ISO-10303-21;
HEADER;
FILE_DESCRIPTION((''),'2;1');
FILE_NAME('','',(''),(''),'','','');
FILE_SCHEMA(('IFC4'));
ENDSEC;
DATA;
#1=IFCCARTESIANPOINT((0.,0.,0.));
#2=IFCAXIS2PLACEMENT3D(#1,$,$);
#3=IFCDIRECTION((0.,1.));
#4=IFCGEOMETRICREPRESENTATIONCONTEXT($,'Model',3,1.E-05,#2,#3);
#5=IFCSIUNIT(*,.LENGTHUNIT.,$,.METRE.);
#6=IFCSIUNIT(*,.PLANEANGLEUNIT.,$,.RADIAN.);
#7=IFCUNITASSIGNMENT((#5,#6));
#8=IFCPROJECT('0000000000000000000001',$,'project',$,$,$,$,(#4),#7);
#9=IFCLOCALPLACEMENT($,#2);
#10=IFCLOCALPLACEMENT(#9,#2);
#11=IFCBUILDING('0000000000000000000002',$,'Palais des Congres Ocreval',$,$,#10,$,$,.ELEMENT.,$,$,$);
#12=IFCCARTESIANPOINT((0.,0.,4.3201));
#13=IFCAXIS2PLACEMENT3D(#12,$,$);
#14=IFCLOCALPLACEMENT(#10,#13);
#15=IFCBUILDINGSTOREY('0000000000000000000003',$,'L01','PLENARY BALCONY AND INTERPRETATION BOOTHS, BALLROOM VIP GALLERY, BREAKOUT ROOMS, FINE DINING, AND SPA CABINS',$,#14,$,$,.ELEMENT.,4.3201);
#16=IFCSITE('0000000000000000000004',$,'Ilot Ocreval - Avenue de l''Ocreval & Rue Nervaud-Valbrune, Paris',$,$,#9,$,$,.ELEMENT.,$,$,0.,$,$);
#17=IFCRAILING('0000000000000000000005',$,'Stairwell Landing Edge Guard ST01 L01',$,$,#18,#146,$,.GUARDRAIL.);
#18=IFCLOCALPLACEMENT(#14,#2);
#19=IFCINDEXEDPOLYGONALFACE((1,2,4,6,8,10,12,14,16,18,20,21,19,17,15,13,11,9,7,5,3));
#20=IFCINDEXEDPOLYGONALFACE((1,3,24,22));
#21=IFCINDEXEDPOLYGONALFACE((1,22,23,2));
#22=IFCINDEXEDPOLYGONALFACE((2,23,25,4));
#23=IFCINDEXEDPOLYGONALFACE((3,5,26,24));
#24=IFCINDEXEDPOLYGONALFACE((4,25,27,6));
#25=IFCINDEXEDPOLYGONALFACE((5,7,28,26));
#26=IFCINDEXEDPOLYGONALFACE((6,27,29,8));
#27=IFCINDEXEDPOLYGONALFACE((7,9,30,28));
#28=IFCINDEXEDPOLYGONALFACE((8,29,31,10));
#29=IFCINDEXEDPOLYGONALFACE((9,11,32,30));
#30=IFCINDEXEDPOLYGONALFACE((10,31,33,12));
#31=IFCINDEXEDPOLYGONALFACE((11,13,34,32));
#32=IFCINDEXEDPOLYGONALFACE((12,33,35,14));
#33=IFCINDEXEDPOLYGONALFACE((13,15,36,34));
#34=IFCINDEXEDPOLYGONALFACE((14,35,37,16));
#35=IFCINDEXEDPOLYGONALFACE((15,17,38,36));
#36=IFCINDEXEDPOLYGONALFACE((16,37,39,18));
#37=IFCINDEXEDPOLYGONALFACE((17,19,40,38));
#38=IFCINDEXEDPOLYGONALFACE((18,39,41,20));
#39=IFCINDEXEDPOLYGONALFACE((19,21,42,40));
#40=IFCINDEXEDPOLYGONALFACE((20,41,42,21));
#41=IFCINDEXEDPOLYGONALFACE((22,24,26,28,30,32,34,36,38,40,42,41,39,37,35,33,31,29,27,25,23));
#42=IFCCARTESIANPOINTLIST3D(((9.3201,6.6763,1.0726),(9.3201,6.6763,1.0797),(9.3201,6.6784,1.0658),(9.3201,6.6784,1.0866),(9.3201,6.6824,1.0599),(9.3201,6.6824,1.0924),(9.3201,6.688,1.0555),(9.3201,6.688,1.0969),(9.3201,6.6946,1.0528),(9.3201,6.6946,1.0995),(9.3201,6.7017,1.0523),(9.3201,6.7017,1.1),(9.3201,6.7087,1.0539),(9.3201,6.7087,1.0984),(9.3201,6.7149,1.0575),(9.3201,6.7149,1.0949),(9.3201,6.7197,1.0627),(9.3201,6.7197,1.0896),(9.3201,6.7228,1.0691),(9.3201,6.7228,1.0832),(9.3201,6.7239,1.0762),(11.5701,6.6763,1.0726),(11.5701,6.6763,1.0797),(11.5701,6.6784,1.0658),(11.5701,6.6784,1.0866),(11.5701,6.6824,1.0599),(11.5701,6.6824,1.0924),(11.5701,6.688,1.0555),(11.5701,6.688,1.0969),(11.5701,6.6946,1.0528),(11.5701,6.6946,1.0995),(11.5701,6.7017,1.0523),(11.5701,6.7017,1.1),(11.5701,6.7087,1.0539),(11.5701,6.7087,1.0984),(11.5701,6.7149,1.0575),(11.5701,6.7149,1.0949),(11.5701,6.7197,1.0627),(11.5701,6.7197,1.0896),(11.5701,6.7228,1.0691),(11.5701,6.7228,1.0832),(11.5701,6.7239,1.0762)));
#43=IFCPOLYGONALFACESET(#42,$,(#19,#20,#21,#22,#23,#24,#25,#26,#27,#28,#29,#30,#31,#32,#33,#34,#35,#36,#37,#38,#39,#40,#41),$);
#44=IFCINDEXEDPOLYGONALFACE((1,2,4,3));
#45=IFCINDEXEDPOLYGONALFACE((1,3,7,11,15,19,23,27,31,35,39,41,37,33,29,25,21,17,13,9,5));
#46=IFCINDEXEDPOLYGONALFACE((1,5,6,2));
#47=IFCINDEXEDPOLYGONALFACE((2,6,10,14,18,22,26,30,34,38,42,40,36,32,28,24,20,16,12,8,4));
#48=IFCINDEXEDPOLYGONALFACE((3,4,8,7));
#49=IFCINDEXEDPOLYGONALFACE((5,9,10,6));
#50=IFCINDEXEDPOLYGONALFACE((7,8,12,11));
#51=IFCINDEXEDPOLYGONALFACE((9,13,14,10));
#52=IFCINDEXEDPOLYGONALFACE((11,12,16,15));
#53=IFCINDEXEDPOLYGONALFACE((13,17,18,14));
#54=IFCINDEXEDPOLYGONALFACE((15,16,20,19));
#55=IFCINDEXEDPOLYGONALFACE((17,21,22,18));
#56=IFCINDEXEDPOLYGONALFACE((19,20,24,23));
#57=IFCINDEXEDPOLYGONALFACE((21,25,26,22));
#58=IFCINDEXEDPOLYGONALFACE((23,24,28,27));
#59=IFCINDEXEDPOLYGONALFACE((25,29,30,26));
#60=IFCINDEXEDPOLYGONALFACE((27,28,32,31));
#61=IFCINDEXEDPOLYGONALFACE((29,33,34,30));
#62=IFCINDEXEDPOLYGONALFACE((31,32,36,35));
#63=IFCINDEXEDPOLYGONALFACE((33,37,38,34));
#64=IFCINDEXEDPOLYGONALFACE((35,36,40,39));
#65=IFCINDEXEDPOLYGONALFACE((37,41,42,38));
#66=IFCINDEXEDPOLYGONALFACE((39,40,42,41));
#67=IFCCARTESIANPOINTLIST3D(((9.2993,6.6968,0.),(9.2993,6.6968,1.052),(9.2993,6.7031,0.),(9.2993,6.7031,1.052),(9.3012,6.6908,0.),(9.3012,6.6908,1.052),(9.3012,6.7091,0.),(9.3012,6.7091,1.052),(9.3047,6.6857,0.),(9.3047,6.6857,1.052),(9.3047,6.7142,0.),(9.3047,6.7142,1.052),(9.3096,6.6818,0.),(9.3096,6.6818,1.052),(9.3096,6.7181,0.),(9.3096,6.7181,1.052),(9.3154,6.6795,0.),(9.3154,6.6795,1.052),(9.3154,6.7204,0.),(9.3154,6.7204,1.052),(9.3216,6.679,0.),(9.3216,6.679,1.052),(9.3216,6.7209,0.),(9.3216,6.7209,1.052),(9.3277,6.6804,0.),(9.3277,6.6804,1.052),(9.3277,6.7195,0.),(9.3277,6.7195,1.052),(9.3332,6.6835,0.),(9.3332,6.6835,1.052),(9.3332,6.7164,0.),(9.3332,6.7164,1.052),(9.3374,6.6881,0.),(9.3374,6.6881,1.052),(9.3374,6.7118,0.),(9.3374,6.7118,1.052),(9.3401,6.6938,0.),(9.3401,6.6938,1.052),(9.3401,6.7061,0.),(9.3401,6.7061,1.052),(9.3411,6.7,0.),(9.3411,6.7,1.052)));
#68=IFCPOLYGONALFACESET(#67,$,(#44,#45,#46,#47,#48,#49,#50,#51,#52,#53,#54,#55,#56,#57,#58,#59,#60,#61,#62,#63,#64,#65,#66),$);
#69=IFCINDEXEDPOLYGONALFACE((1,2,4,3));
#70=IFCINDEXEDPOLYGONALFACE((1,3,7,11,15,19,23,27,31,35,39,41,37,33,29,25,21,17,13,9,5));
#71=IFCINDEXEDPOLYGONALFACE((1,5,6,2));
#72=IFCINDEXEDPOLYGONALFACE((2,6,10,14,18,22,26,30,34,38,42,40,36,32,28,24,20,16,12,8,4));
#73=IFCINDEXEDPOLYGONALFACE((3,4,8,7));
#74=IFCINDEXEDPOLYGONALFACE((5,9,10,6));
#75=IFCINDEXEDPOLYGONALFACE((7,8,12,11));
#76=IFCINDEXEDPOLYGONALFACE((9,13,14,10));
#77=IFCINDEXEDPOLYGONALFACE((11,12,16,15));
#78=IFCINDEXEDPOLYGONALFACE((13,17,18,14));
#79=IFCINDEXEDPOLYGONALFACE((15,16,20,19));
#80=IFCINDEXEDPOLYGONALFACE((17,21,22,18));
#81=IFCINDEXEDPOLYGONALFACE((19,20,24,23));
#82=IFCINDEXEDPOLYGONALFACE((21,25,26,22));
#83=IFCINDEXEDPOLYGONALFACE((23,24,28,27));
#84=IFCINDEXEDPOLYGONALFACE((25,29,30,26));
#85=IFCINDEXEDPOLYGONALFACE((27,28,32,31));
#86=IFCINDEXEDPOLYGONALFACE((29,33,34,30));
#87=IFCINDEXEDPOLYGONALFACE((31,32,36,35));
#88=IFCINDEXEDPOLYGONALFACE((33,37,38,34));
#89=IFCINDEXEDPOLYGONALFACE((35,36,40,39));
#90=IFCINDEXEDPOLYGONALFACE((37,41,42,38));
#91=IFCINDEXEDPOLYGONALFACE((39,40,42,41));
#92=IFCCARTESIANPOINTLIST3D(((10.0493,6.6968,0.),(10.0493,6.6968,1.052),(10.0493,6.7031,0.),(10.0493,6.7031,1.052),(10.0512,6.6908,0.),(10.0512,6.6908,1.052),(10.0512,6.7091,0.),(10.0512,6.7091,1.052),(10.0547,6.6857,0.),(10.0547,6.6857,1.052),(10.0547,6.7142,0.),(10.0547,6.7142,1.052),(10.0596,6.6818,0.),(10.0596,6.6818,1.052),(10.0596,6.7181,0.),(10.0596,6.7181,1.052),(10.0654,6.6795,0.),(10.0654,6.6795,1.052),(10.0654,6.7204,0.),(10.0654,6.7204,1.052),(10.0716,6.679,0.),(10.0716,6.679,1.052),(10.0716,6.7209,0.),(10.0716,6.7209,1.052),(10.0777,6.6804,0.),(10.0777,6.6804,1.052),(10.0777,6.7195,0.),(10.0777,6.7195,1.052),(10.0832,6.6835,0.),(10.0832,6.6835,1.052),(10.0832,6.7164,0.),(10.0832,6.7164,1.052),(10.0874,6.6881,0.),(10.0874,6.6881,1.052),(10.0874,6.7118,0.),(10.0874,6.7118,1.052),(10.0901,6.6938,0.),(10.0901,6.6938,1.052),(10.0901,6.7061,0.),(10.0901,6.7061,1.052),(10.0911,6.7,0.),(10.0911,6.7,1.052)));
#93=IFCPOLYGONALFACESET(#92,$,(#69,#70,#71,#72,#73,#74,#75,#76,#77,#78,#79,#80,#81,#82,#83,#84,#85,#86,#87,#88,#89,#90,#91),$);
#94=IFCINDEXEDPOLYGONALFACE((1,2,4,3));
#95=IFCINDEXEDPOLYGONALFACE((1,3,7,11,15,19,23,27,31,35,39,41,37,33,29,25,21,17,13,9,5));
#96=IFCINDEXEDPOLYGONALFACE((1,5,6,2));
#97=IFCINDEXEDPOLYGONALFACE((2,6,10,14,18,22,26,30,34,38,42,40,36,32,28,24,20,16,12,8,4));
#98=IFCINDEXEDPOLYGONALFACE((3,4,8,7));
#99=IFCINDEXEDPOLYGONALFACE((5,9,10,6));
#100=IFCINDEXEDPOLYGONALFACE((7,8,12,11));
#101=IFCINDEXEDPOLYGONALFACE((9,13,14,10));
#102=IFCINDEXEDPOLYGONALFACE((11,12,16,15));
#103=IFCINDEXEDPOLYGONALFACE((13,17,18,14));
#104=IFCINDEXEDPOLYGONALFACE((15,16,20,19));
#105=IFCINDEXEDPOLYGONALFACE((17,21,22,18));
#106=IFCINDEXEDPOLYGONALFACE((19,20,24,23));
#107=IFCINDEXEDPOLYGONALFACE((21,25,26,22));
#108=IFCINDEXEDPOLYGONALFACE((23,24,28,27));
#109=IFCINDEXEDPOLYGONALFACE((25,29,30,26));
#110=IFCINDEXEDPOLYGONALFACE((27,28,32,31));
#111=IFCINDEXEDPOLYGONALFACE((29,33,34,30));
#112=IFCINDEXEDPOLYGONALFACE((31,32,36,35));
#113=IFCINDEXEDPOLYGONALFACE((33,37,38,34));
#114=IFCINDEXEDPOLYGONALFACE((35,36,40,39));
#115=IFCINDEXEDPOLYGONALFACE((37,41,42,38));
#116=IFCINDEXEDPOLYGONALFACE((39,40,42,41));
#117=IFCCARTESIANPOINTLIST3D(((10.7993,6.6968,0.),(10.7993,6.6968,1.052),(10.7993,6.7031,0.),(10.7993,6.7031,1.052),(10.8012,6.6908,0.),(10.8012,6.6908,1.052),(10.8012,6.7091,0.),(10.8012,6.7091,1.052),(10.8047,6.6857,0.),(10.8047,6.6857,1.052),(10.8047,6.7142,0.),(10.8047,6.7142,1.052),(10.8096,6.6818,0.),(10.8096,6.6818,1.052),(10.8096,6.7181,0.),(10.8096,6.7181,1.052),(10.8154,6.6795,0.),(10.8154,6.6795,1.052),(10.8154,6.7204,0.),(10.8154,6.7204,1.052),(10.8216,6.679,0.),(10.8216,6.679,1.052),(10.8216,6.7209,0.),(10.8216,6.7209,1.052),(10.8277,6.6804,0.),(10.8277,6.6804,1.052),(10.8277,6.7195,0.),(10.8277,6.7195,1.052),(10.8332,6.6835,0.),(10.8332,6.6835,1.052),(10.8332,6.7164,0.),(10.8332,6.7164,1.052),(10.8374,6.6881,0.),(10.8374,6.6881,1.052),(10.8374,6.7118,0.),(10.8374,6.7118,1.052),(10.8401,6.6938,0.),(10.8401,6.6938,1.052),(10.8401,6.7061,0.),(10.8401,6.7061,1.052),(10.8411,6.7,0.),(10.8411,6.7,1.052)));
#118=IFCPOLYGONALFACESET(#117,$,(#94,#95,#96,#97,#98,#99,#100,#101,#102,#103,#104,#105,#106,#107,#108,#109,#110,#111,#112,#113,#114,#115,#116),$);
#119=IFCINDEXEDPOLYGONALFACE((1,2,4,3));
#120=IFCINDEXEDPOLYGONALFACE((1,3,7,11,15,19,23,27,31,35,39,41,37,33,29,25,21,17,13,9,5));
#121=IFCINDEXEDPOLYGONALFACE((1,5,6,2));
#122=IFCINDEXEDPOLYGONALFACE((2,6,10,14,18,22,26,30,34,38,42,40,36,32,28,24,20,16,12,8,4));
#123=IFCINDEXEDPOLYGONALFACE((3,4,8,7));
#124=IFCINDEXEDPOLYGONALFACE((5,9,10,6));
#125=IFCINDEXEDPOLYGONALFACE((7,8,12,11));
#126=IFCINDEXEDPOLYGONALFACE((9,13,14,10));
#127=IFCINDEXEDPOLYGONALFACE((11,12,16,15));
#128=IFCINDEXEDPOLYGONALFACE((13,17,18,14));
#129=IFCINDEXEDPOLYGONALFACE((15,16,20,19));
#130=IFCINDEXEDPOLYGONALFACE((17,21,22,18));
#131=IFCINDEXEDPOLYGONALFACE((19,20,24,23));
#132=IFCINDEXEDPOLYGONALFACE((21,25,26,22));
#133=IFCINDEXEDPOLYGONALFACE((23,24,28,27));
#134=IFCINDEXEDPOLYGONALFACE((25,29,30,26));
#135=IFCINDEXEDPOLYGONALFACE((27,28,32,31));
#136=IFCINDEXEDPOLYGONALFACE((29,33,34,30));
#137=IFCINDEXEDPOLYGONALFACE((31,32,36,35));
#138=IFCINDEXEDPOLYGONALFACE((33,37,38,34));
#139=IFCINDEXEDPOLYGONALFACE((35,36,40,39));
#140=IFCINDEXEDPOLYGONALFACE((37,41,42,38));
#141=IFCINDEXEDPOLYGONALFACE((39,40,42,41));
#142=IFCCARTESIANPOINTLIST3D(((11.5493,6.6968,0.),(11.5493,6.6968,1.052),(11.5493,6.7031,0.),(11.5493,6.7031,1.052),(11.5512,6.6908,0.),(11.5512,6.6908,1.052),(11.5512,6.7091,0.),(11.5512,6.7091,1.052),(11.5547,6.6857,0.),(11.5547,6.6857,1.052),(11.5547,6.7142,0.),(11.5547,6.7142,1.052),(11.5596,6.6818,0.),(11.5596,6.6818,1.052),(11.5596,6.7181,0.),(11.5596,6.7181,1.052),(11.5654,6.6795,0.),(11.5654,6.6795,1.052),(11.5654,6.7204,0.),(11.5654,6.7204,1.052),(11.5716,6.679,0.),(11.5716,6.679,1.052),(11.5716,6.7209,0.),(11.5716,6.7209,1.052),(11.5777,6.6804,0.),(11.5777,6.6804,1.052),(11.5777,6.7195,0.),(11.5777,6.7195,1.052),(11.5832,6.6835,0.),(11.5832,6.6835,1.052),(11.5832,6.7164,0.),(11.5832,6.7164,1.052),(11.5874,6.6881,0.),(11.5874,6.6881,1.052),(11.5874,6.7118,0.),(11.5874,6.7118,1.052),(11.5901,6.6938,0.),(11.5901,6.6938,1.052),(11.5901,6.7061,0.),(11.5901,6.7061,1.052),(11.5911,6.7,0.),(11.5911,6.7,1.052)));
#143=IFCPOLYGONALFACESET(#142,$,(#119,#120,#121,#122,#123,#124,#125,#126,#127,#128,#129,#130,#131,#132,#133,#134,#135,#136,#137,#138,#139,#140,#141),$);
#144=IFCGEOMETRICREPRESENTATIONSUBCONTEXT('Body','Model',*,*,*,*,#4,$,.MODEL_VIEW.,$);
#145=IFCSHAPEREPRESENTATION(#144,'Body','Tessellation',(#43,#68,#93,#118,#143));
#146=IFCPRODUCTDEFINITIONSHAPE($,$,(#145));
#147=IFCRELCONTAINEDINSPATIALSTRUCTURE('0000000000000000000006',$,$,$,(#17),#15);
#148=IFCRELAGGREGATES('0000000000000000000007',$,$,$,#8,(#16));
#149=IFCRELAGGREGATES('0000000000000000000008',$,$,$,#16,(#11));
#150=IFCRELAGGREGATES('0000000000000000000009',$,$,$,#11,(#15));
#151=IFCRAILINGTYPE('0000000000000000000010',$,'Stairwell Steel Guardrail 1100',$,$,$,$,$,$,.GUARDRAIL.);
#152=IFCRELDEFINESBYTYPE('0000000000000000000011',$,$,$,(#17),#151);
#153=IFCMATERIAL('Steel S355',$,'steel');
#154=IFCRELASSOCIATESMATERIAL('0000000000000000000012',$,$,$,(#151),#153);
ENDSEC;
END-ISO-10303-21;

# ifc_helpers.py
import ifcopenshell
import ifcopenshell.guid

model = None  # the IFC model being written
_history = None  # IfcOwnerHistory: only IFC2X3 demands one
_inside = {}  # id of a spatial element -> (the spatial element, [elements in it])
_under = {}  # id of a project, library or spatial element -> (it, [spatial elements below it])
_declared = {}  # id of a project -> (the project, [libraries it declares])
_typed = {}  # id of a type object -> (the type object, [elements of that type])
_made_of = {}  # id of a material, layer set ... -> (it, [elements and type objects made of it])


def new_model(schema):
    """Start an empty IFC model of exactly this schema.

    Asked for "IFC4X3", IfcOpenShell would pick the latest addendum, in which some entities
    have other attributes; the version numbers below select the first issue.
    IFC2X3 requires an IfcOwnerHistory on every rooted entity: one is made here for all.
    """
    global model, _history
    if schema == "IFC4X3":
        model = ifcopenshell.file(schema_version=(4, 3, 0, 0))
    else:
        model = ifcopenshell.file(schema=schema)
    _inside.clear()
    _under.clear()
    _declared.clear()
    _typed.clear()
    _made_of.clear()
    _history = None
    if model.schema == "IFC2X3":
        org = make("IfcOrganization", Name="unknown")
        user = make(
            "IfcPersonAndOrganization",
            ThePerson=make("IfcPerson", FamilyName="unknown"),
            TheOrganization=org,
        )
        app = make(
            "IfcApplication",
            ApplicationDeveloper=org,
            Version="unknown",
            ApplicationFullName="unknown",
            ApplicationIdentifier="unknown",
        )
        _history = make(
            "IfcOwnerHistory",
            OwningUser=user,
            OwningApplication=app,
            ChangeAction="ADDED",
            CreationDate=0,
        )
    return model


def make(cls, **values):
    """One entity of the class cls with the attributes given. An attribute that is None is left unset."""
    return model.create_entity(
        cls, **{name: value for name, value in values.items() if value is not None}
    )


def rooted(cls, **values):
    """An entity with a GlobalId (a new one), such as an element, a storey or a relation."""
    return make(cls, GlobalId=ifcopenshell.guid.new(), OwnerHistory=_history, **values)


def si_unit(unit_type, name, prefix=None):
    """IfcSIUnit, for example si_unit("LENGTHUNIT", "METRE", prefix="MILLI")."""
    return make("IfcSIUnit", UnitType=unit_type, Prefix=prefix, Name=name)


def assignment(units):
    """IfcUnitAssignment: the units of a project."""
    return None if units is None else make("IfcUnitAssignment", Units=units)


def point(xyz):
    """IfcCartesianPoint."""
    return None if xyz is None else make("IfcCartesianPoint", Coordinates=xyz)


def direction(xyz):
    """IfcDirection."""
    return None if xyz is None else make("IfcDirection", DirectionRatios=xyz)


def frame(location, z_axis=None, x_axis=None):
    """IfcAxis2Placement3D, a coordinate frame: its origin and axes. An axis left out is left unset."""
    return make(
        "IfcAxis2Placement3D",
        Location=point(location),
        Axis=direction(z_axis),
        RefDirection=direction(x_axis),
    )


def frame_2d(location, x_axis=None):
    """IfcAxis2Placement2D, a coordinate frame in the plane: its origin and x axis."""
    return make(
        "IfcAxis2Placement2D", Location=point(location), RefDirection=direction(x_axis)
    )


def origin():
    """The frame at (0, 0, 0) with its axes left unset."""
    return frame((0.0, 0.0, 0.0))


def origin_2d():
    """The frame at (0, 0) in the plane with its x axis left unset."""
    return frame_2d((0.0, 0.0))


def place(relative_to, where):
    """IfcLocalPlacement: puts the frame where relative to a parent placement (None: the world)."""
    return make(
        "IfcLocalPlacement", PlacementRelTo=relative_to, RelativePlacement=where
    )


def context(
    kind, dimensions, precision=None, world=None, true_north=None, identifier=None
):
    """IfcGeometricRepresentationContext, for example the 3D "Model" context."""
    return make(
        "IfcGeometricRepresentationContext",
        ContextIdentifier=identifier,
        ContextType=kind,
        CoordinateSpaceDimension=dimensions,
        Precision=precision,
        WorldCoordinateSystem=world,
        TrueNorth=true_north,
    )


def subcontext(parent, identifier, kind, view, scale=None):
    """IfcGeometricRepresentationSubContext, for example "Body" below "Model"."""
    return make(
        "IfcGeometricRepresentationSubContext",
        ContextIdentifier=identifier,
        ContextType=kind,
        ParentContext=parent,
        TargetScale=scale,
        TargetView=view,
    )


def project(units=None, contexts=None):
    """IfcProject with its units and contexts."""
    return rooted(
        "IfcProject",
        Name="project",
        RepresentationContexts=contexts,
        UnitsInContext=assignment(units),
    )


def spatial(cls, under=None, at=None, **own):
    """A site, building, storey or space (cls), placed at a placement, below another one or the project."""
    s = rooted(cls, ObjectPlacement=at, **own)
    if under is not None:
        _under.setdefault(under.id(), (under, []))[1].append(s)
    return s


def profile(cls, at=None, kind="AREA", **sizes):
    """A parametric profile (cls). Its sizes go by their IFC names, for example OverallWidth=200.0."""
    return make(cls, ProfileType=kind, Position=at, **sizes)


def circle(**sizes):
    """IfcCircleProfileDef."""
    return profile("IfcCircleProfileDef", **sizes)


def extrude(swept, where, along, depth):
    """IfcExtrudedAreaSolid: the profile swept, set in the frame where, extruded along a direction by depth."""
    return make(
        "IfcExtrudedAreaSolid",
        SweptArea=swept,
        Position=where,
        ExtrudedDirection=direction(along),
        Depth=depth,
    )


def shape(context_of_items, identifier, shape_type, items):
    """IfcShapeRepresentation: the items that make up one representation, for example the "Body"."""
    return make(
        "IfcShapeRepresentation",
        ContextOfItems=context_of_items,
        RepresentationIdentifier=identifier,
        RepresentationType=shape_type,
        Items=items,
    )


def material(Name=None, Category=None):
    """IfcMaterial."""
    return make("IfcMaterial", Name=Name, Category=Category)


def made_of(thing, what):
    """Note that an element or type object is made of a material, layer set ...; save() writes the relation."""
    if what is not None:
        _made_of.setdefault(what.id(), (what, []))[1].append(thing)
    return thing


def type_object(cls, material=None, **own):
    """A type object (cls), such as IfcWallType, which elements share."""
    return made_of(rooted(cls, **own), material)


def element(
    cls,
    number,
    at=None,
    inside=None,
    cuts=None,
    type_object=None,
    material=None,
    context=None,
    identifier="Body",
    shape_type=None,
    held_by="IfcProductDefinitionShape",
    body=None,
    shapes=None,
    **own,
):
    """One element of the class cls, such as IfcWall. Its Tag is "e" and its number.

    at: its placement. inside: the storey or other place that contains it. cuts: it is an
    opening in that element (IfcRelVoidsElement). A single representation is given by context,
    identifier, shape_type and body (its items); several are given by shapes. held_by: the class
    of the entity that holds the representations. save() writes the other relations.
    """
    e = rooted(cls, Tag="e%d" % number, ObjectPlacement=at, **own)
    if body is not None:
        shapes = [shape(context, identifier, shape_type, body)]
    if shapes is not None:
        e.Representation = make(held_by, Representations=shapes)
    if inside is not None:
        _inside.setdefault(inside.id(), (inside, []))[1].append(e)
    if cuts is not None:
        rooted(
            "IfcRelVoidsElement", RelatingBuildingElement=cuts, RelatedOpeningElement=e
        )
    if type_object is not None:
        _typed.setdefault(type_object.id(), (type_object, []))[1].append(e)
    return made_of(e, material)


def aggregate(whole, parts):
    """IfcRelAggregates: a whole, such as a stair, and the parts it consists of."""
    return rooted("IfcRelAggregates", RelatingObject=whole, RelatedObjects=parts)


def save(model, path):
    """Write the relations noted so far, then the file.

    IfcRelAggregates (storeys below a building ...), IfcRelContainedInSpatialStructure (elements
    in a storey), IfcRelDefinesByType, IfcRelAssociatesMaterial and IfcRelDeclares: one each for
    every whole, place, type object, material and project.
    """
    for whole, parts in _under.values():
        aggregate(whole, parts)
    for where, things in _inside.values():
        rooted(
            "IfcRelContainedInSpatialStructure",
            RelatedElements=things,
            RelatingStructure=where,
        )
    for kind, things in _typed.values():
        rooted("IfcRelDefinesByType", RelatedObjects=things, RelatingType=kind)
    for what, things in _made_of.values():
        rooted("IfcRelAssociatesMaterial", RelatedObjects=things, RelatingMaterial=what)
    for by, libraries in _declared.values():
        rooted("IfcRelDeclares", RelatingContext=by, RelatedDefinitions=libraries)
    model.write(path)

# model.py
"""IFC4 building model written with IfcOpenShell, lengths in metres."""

from ifc_helpers import new_model, si_unit, direction, frame, origin, origin_2d, place, context, subcontext, project, spatial, circle, extrude, material, type_object, element, save


model = new_model("IFC4")

# Units and contexts
model_context = context("Model", 3, precision=1e-05, world=origin(), true_north=direction((0.0, 1.0)))
body_context = subcontext(model_context, "Body", "Model", "MODEL_VIEW")
ifc_project = project(units=[si_unit("LENGTHUNIT", "METRE"), si_unit("PLANEANGLEUNIT", "RADIAN")], contexts=[model_context])

# Site, building, storey
site_placement = place(None, origin())
site = spatial("IfcSite", under=ifc_project, at=site_placement, Name="Ilot Ocreval - Avenue de l'Ocreval & Rue Nervaud-Valbrune, Paris", CompositionType="ELEMENT", RefElevation=0.0)
building_placement = place(site_placement, origin())
building = spatial("IfcBuilding", under=site, at=building_placement, Name="Palais des Congres Ocreval", CompositionType="ELEMENT")
storey_placement = place(building_placement, frame((0.0, 0.0, 4.3201)))
storey = spatial("IfcBuildingStorey", under=building, at=storey_placement, Name="L01", Description="PLENARY BALCONY AND INTERPRETATION BOOTHS, BALLROOM VIP GALLERY, BREAKOUT ROOMS, FINE DINING, AND SPA CABINS", CompositionType="ELEMENT", Elevation=4.3201)

# Shared definitions
ifc_material_1 = material(Name="Steel S355", Category="steel")

# Railing
railing_type_1 = type_object("IfcRailingType", Name="Stairwell Steel Guardrail 1100", PredefinedType="GUARDRAIL", material=ifc_material_1)
railing_1_placement = place(storey_placement, frame((9.3201, 6.7, 0.0)))
element("IfcRailing", 1, at=railing_1_placement, inside=storey, type_object=railing_type_1, Name="Stairwell Landing Edge Guard ST01 L01", PredefinedType="GUARDRAIL", context=body_context, shape_type="SweptSolid", body=[
    extrude(circle(Radius=0.0239, at=origin_2d()), frame((0.0, 0.0, 1.0762), z_axis=(1.0, 0.0, 0.0), x_axis=(0.0, 1.0, 0.0)), (0.0, 0.0, 1.0), 2.25),
    extrude(circle(Radius=0.021, at=origin_2d()), origin(), (0.0, 0.0, 1.0), 1.052),
    extrude(circle(Radius=0.021, at=origin_2d()), frame((0.75, 0.0, 0.0)), (0.0, 0.0, 1.0), 1.052),
    extrude(circle(Radius=0.021, at=origin_2d()), frame((1.5, 0.0, 0.0)), (0.0, 0.0, 1.0), 1.052),
    extrude(circle(Radius=0.021, at=origin_2d()), frame((2.25, 0.0, 0.0)), (0.0, 0.0, 1.0), 1.052),
])

save(model, "model.ifc")
